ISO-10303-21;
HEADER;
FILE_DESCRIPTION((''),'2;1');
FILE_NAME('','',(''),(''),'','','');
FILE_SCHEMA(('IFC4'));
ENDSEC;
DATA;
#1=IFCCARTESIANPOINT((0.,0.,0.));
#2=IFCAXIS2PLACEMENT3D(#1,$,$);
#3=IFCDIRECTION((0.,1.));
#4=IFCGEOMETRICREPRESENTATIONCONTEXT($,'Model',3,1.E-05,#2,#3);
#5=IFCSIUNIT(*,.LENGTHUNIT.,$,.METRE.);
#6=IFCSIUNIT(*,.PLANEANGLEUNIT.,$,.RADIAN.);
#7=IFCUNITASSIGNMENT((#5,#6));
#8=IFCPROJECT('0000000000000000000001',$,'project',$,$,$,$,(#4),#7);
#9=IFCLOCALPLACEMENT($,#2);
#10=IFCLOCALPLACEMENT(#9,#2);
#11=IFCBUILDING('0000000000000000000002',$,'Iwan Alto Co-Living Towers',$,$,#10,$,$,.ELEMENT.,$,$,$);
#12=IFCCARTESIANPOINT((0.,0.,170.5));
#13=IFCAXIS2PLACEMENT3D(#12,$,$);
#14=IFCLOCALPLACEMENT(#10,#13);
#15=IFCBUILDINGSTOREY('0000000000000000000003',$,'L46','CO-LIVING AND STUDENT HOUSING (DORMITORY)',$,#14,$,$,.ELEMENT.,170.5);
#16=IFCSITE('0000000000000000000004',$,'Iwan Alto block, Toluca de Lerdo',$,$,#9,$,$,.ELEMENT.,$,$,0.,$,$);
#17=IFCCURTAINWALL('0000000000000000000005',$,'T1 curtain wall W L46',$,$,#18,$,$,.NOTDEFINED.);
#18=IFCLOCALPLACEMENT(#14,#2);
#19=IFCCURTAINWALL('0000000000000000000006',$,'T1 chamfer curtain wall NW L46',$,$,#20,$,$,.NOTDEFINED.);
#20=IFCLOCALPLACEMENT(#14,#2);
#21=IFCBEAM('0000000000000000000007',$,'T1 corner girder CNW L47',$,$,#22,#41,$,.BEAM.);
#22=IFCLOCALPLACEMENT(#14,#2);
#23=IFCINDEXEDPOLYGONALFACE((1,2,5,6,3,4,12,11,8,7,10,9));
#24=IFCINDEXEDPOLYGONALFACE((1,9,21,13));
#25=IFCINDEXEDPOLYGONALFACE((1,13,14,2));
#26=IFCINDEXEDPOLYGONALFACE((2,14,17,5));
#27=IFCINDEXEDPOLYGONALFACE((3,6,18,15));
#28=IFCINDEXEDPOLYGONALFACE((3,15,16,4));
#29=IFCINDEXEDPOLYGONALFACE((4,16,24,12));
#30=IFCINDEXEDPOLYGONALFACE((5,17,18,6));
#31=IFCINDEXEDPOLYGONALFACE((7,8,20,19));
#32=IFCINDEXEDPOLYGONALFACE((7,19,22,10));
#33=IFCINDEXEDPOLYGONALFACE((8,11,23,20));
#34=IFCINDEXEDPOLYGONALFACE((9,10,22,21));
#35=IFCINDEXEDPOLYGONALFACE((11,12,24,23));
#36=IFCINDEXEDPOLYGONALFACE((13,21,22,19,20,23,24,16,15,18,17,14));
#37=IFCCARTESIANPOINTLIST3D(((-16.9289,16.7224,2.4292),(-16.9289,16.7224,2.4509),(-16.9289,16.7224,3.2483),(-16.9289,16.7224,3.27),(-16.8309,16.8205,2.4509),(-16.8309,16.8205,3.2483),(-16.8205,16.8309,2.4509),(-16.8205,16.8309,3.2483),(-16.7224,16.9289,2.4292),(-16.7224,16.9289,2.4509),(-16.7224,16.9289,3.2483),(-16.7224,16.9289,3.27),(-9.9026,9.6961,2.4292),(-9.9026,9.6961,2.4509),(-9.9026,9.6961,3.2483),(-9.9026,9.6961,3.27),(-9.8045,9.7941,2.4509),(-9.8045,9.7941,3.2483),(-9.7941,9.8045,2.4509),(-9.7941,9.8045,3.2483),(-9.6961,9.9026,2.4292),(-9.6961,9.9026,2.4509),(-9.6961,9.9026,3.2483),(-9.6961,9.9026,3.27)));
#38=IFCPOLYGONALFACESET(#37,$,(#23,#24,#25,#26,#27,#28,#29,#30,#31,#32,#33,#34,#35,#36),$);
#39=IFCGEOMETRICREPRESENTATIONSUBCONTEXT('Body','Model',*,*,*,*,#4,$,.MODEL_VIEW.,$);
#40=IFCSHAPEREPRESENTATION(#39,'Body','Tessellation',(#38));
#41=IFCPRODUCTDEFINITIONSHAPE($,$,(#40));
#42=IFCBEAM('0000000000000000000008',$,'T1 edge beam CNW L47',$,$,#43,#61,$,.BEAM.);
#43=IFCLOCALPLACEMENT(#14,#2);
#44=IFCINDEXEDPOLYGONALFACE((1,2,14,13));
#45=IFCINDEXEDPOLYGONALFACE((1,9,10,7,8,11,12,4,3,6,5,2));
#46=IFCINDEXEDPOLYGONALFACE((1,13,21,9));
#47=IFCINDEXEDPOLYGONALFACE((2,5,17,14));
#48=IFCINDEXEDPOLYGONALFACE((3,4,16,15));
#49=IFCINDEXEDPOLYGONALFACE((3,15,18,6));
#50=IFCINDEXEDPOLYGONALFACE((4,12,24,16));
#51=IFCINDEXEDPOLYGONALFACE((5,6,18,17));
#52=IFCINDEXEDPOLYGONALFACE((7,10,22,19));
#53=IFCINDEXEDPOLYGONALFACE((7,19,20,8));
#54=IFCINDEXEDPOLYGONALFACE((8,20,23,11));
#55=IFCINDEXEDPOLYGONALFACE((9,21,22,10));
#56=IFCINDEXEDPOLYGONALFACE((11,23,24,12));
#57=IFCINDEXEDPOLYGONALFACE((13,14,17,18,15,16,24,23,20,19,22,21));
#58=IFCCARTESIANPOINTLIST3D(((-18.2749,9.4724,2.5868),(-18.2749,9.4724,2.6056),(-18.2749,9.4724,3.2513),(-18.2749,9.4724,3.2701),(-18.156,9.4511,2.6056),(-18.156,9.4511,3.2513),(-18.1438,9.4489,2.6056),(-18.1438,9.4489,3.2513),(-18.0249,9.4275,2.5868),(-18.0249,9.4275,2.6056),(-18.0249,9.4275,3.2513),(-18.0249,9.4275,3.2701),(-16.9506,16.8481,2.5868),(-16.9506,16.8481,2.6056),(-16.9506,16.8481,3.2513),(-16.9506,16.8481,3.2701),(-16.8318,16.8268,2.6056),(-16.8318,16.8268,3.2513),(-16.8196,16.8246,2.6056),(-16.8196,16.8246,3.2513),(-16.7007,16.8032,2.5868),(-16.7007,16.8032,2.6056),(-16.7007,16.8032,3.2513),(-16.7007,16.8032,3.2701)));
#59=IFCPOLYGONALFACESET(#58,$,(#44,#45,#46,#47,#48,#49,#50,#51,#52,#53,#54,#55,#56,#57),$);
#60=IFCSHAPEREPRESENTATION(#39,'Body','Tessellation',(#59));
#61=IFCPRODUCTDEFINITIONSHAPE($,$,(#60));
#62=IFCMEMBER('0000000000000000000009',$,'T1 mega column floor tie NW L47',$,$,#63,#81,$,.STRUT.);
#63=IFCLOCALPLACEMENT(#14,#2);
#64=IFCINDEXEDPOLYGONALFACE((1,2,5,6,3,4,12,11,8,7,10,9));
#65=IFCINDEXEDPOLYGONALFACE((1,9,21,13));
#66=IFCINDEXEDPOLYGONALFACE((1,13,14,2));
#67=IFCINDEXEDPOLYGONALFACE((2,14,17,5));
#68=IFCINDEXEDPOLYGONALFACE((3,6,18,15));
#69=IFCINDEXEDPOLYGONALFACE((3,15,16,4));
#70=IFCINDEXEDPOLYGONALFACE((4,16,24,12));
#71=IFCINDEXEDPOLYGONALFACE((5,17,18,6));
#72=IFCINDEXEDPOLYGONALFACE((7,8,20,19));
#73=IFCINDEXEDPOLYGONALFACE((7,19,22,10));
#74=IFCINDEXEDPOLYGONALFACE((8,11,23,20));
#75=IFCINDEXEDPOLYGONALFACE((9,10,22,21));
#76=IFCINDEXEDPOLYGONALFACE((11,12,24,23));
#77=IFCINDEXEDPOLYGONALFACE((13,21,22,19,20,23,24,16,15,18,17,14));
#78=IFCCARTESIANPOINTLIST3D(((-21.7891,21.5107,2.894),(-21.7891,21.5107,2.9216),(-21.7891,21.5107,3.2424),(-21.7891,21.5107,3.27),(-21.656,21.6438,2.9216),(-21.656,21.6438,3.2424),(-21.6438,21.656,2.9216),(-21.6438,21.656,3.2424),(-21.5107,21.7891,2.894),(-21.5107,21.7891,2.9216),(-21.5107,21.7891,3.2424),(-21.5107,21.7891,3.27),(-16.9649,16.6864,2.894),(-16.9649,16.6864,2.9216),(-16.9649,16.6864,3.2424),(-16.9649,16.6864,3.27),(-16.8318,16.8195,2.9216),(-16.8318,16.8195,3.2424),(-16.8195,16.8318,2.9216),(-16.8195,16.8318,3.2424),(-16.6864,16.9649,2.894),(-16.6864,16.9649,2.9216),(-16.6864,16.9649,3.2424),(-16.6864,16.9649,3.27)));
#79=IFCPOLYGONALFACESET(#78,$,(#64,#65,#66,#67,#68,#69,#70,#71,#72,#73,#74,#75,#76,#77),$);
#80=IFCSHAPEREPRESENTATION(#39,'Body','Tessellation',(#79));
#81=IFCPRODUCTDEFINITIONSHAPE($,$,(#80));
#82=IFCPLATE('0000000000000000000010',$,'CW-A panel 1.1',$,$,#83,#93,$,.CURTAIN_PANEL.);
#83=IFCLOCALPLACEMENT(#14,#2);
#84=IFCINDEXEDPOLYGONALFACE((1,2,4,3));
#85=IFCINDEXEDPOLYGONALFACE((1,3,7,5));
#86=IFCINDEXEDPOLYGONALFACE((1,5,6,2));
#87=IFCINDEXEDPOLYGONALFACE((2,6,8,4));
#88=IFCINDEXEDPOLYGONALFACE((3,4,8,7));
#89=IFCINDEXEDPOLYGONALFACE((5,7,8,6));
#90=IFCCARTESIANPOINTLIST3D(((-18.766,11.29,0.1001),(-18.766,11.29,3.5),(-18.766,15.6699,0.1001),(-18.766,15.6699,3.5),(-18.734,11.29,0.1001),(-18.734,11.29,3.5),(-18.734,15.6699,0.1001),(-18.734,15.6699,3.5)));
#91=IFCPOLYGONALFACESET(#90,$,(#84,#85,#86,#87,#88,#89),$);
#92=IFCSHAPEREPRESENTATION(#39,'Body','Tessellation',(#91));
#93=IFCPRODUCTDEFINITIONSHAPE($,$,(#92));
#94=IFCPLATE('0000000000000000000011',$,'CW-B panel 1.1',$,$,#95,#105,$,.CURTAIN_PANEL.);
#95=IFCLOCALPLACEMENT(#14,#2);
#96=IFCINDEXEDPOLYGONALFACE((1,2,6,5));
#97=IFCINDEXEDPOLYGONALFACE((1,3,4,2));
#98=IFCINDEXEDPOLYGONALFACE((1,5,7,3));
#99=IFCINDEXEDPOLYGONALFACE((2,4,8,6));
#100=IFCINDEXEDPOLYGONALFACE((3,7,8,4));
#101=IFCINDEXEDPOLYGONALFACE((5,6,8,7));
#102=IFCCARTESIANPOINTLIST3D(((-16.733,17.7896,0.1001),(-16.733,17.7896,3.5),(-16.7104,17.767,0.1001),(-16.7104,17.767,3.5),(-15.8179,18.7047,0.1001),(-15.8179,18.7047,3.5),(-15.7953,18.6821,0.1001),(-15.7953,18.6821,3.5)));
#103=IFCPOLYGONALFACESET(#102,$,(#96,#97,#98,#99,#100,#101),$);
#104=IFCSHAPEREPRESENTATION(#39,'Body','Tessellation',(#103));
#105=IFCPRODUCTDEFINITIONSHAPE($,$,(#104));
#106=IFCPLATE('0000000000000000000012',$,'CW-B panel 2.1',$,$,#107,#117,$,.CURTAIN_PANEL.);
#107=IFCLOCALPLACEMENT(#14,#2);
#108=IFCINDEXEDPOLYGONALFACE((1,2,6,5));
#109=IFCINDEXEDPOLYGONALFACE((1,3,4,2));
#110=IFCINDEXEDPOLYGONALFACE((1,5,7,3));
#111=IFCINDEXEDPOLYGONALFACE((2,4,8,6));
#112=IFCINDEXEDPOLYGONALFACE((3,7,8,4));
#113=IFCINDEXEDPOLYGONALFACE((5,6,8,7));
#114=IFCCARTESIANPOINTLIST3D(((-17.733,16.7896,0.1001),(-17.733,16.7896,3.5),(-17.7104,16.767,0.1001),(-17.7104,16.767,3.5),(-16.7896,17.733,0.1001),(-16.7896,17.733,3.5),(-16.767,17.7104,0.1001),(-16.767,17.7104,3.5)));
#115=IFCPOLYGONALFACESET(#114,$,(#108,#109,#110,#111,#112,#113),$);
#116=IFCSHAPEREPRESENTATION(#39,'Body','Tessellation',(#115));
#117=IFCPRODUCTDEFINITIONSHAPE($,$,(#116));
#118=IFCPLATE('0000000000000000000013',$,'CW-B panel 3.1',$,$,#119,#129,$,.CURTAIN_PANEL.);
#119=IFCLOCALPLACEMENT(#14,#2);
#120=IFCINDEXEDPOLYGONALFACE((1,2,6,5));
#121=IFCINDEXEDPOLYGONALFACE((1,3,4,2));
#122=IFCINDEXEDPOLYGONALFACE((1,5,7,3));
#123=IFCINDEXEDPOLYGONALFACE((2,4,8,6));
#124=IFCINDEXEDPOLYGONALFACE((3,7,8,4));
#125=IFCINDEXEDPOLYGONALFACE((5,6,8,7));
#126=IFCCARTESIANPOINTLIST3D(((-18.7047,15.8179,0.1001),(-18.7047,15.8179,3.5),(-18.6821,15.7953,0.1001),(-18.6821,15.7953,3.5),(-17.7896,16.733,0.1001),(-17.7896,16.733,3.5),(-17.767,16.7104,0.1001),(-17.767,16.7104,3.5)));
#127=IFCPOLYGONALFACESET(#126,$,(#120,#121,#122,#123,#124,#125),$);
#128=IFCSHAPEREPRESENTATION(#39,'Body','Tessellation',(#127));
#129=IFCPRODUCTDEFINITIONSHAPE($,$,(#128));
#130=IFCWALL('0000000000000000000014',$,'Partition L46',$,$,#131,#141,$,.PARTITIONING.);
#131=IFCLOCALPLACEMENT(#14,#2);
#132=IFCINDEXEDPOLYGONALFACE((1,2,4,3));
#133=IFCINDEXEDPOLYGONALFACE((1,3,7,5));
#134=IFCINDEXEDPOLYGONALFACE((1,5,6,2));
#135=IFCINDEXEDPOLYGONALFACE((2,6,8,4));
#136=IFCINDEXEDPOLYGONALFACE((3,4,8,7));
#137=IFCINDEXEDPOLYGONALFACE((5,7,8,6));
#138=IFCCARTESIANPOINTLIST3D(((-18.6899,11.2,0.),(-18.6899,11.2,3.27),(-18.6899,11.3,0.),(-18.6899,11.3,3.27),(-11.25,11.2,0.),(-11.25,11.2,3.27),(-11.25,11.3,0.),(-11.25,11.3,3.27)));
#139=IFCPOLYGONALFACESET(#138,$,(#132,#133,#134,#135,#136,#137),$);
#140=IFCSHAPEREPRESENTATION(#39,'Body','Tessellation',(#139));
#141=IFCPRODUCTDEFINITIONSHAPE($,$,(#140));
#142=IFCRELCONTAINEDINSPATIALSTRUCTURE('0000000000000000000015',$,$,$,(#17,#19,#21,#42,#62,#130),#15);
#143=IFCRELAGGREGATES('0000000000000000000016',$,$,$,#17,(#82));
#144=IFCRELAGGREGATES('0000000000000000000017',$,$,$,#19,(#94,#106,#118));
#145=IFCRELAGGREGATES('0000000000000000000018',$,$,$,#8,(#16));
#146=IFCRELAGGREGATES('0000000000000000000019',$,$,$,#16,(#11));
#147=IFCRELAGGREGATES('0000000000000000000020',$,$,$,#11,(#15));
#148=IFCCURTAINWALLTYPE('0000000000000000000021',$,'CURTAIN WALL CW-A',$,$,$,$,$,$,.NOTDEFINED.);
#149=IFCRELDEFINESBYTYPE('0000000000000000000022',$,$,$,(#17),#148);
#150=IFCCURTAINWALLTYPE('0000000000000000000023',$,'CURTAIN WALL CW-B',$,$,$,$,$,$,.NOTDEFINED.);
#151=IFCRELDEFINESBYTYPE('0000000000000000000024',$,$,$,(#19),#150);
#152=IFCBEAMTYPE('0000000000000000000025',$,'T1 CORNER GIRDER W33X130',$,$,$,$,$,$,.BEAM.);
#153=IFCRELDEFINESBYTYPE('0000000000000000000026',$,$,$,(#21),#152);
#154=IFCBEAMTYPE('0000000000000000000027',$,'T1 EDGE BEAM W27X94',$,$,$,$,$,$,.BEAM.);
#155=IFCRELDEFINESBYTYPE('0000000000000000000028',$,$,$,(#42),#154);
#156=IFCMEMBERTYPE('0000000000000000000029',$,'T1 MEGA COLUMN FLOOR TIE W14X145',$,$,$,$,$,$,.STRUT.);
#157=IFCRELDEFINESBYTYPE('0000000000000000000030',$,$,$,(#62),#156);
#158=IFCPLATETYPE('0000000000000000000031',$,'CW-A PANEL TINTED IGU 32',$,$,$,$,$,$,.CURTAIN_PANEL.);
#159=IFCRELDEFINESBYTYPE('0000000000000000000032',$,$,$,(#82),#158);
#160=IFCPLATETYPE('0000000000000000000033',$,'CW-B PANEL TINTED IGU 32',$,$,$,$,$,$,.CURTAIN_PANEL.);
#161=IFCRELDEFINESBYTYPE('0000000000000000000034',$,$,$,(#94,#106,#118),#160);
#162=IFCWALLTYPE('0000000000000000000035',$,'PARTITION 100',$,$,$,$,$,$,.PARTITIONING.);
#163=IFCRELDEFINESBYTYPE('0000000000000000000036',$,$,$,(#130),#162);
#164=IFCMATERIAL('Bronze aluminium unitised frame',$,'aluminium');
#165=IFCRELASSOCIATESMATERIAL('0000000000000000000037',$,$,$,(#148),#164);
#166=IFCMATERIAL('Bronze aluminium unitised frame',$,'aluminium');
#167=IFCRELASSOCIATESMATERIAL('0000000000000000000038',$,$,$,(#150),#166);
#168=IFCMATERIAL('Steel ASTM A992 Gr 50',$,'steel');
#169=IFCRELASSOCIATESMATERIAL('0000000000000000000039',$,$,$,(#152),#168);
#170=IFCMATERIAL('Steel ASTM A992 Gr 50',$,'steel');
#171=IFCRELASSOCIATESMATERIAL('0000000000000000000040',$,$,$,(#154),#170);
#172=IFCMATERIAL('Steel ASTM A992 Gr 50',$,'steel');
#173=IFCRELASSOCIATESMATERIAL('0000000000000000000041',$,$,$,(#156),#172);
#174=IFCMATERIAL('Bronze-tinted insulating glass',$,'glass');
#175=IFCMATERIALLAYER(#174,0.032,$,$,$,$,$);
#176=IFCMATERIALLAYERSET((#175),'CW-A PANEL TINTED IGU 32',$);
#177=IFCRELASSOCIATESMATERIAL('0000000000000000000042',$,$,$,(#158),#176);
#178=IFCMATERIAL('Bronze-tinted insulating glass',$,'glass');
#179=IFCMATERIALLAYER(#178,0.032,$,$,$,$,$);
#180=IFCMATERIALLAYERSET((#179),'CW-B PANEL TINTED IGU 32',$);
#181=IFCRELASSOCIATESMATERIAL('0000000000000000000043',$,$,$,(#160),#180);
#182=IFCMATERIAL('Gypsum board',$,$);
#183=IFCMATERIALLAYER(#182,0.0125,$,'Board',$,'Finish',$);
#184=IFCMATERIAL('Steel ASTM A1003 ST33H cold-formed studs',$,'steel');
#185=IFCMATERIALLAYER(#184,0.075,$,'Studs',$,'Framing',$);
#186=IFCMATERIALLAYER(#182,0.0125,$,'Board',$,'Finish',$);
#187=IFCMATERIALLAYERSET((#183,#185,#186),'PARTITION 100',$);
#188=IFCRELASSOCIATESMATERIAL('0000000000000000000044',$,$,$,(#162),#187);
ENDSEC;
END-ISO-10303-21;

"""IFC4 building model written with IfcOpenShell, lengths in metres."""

from ifc_helpers import new_model, si_unit, direction, frame, frame_2d, origin, origin_2d, place, context, subcontext, project, spatial, rectangle, i_section, extrude, material, layer, layer_set, material_profile, profile_set, type_object, element, aggregate, save


model = new_model("IFC4")

# Units and contexts
model_context = context("Model", 3, precision=1e-05, world=origin(), true_north=direction((0.0, 1.0)))
body_context = subcontext(model_context, "Body", "Model", "MODEL_VIEW")
ifc_project = project(units=[si_unit("LENGTHUNIT", "METRE"), si_unit("PLANEANGLEUNIT", "RADIAN")], contexts=[model_context])

# Site, building, storey
site_placement = place(None, origin())
site = spatial("IfcSite", under=ifc_project, at=site_placement, Name="Iwan Alto block, Toluca de Lerdo", CompositionType="ELEMENT", RefElevation=0.0)
building_placement = place(site_placement, origin())
building = spatial("IfcBuilding", under=site, at=building_placement, Name="Iwan Alto Co-Living Towers", CompositionType="ELEMENT")
storey_placement = place(building_placement, frame((0.0, 0.0, 170.5)))
storey = spatial("IfcBuildingStorey", under=building, at=storey_placement, Name="L46", Description="CO-LIVING AND STUDENT HOUSING (DORMITORY)", CompositionType="ELEMENT", Elevation=170.5)

# Shared definitions
ifc_material_1 = material(Name="Bronze aluminium unitised frame", Category="aluminium")
curtain_wall_type_1 = type_object("IfcCurtainWallType", Name="CURTAIN WALL CW-A", PredefinedType="NOTDEFINED", material=ifc_material_1)

# Curtain walls
curtain_wall_1_placement = place(storey_placement, origin())
curtain_wall_1 = element("IfcCurtainWall", 1, at=curtain_wall_1_placement, inside=storey, type_object=curtain_wall_type_1, Name="T1 curtain wall W L46", PredefinedType="NOTDEFINED")
ifc_material_2 = material(Name="Bronze aluminium unitised frame", Category="aluminium")
curtain_wall_type_2 = type_object("IfcCurtainWallType", Name="CURTAIN WALL CW-B", PredefinedType="NOTDEFINED", material=ifc_material_2)
curtain_wall_2_placement = place(storey_placement, origin())
curtain_wall_2 = element("IfcCurtainWall", 2, at=curtain_wall_2_placement, inside=storey, type_object=curtain_wall_type_2, Name="T1 chamfer curtain wall NW L46", PredefinedType="NOTDEFINED")

# Beams
ifc_material_3 = material(Name="Steel ASTM A992 Gr 50", Category="steel")
ifc_material_profile_1 = material_profile(ifc_material_3, i_section(OverallWidth=0.292, OverallDepth=0.8408, WebThickness=0.0146, FlangeThickness=0.0217, at=origin_2d()), Name="W33X130")
ifc_profile_set_1 = profile_set([ifc_material_profile_1], Name="Steel ASTM A992 Gr 50")
beam_type_1 = type_object("IfcBeamType", Name="T1 CORNER GIRDER W33X130", PredefinedType="BEAM", material=ifc_profile_set_1)
beam_1_placement = place(storey_placement, frame((-16.8257, 16.8257, 2.8496), z_axis=(0.707107, -0.707107, 0.0), x_axis=(0.707107, 0.707107, 0.0)))
element("IfcBeam", 3, at=beam_1_placement, inside=storey, type_object=beam_type_1, Name="T1 corner girder CNW L47", PredefinedType="BEAM", context=body_context, shape_type="SweptSolid", body=[
    extrude(i_section(OverallWidth=0.292, OverallDepth=0.8408, WebThickness=0.0146, FlangeThickness=0.0217, at=origin_2d()), origin(), (0.0, 0.0, 1.0), 9.9368),
])
ifc_material_4 = material(Name="Steel ASTM A992 Gr 50", Category="steel")
ifc_material_profile_2 = material_profile(ifc_material_4, i_section(OverallWidth=0.2539, OverallDepth=0.6833, WebThickness=0.0125, FlangeThickness=0.0188, at=origin_2d()), Name="W27X94")
ifc_profile_set_2 = profile_set([ifc_material_profile_2], Name="Steel ASTM A992 Gr 50")
beam_type_2 = type_object("IfcBeamType", Name="T1 EDGE BEAM W27X94", PredefinedType="BEAM", material=ifc_profile_set_2)
beam_2_placement = place(storey_placement, frame((-16.8257, 16.8257, 2.9285), z_axis=(-0.176712, -0.984263, 0.0), x_axis=(0.984263, -0.176712, 0.0)))
element("IfcBeam", 4, at=beam_2_placement, inside=storey, type_object=beam_type_2, Name="T1 edge beam CNW L47", PredefinedType="BEAM", context=body_context, shape_type="SweptSolid", body=[
    extrude(i_section(OverallWidth=0.2539, OverallDepth=0.6833, WebThickness=0.0125, FlangeThickness=0.0188, at=origin_2d()), origin(), (0.0, 0.0, 1.0), 7.4937),
])

# Member
ifc_material_5 = material(Name="Steel ASTM A992 Gr 50", Category="steel")
ifc_material_profile_3 = material_profile(ifc_material_5, i_section(OverallWidth=0.3938, OverallDepth=0.376, WebThickness=0.0173, FlangeThickness=0.0276, at=origin_2d()), Name="W14X145")
ifc_profile_set_3 = profile_set([ifc_material_profile_3], Name="Steel ASTM A992 Gr 50")
member_type_1 = type_object("IfcMemberType", Name="T1 MEGA COLUMN FLOOR TIE W14X145", PredefinedType="STRUT", material=ifc_profile_set_3)
member_1_placement = place(storey_placement, frame((-21.6499, 21.6499, 3.082), z_axis=(0.707107, -0.707107, 0.0), x_axis=(0.707107, 0.707107, 0.0)))
element("IfcMember", 5, at=member_1_placement, inside=storey, type_object=member_type_1, Name="T1 mega column floor tie NW L47", PredefinedType="STRUT", context=body_context, shape_type="SweptSolid", body=[
    extrude(i_section(OverallWidth=0.3938, OverallDepth=0.376, WebThickness=0.0173, FlangeThickness=0.0276, at=origin_2d()), origin(), (0.0, 0.0, 1.0), 6.8225),
])

# Plates
ifc_material_6 = material(Name="Bronze-tinted insulating glass", Category="glass")
ifc_layer_1 = layer(ifc_material_6, 0.032)
ifc_layer_set_1 = layer_set([ifc_layer_1], Name="CW-A PANEL TINTED IGU 32")
plate_type_1 = type_object("IfcPlateType", Name="CW-A PANEL TINTED IGU 32", PredefinedType="CURTAIN_PANEL", material=ifc_layer_set_1)
plate_1_placement = place(storey_placement, frame((-18.75, 13.48, 0.1001), z_axis=(0.0, 0.0, 1.0), x_axis=(0.0, -1.0, 0.0)))
plate_1 = element("IfcPlate", 6, at=plate_1_placement, type_object=plate_type_1, Name="CW-A panel 1.1", PredefinedType="CURTAIN_PANEL", context=body_context, shape_type="SweptSolid", body=[
    extrude(rectangle(XDim=4.3799, YDim=0.032, at=origin_2d()), origin(), (0.0, 0.0, 1.0), 3.3999),
])
aggregate(curtain_wall_1, [plate_1])
ifc_material_7 = material(Name="Bronze-tinted insulating glass", Category="glass")
ifc_layer_2 = layer(ifc_material_7, 0.032)
ifc_layer_set_2 = layer_set([ifc_layer_2], Name="CW-B PANEL TINTED IGU 32")
plate_type_2 = type_object("IfcPlateType", Name="CW-B PANEL TINTED IGU 32", PredefinedType="CURTAIN_PANEL", material=ifc_layer_set_2)
plate_2_placement = place(storey_placement, frame((-16.2642, 18.2358, 0.1001), z_axis=(0.0, 0.0, 1.0), x_axis=(-0.707107, -0.707107, 0.0)))
plate_2 = element("IfcPlate", 7, at=plate_2_placement, type_object=plate_type_2, Name="CW-B panel 1.1", PredefinedType="CURTAIN_PANEL", context=body_context, shape_type="SweptSolid", body=[
    extrude(rectangle(XDim=1.2942, YDim=0.032, at=origin_2d()), origin(), (0.0, 0.0, 1.0), 3.3999),
])
plate_3_placement = place(storey_placement, frame((-17.25, 17.25, 0.1001), z_axis=(0.0, 0.0, 1.0), x_axis=(-0.707107, -0.707107, 0.0)))
plate_3 = element("IfcPlate", 8, at=plate_3_placement, type_object=plate_type_2, Name="CW-B panel 2.1", PredefinedType="CURTAIN_PANEL", context=body_context, shape_type="SweptSolid", body=[
    extrude(rectangle(XDim=1.3342, YDim=0.032, at=origin_2d()), origin(), (0.0, 0.0, 1.0), 3.3999),
])
plate_4_placement = place(storey_placement, frame((-18.2358, 16.2642, 0.1001), z_axis=(0.0, 0.0, 1.0), x_axis=(-0.707107, -0.707107, 0.0)))
plate_4 = element("IfcPlate", 9, at=plate_4_placement, type_object=plate_type_2, Name="CW-B panel 3.1", PredefinedType="CURTAIN_PANEL", context=body_context, shape_type="SweptSolid", body=[
    extrude(rectangle(XDim=1.2942, YDim=0.032, at=origin_2d()), origin(), (0.0, 0.0, 1.0), 3.3999),
])
aggregate(curtain_wall_2, [plate_2, plate_3, plate_4])

# Wall
ifc_material_8 = material(Name="Gypsum board")
ifc_layer_3 = layer(ifc_material_8, 0.0125, Name="Board", Category="Finish")
ifc_material_9 = material(Name="Steel ASTM A1003 ST33H cold-formed studs", Category="steel")
ifc_layer_4 = layer(ifc_material_9, 0.075, Name="Studs", Category="Framing")
ifc_layer_5 = layer(ifc_material_8, 0.0125, Name="Board", Category="Finish")
ifc_layer_set_3 = layer_set([ifc_layer_3, ifc_layer_4, ifc_layer_5], Name="PARTITION 100")
wall_type = type_object("IfcWallType", Name="PARTITION 100", PredefinedType="PARTITIONING", material=ifc_layer_set_3)
wall_placement = place(storey_placement, frame((-18.6899, 11.25, 0.0), z_axis=(0.0, 0.0, 1.0), x_axis=(1.0, 0.0, 0.0)))
element("IfcWall", 10, at=wall_placement, inside=storey, type_object=wall_type, Name="Partition L46", PredefinedType="PARTITIONING", context=body_context, shape_type="SweptSolid", body=[
    extrude(rectangle(XDim=7.4399, YDim=0.1001, at=frame_2d((3.72, 0.0))), origin(), (0.0, 0.0, 1.0), 3.27),
])

save(model, "model.ifc")
